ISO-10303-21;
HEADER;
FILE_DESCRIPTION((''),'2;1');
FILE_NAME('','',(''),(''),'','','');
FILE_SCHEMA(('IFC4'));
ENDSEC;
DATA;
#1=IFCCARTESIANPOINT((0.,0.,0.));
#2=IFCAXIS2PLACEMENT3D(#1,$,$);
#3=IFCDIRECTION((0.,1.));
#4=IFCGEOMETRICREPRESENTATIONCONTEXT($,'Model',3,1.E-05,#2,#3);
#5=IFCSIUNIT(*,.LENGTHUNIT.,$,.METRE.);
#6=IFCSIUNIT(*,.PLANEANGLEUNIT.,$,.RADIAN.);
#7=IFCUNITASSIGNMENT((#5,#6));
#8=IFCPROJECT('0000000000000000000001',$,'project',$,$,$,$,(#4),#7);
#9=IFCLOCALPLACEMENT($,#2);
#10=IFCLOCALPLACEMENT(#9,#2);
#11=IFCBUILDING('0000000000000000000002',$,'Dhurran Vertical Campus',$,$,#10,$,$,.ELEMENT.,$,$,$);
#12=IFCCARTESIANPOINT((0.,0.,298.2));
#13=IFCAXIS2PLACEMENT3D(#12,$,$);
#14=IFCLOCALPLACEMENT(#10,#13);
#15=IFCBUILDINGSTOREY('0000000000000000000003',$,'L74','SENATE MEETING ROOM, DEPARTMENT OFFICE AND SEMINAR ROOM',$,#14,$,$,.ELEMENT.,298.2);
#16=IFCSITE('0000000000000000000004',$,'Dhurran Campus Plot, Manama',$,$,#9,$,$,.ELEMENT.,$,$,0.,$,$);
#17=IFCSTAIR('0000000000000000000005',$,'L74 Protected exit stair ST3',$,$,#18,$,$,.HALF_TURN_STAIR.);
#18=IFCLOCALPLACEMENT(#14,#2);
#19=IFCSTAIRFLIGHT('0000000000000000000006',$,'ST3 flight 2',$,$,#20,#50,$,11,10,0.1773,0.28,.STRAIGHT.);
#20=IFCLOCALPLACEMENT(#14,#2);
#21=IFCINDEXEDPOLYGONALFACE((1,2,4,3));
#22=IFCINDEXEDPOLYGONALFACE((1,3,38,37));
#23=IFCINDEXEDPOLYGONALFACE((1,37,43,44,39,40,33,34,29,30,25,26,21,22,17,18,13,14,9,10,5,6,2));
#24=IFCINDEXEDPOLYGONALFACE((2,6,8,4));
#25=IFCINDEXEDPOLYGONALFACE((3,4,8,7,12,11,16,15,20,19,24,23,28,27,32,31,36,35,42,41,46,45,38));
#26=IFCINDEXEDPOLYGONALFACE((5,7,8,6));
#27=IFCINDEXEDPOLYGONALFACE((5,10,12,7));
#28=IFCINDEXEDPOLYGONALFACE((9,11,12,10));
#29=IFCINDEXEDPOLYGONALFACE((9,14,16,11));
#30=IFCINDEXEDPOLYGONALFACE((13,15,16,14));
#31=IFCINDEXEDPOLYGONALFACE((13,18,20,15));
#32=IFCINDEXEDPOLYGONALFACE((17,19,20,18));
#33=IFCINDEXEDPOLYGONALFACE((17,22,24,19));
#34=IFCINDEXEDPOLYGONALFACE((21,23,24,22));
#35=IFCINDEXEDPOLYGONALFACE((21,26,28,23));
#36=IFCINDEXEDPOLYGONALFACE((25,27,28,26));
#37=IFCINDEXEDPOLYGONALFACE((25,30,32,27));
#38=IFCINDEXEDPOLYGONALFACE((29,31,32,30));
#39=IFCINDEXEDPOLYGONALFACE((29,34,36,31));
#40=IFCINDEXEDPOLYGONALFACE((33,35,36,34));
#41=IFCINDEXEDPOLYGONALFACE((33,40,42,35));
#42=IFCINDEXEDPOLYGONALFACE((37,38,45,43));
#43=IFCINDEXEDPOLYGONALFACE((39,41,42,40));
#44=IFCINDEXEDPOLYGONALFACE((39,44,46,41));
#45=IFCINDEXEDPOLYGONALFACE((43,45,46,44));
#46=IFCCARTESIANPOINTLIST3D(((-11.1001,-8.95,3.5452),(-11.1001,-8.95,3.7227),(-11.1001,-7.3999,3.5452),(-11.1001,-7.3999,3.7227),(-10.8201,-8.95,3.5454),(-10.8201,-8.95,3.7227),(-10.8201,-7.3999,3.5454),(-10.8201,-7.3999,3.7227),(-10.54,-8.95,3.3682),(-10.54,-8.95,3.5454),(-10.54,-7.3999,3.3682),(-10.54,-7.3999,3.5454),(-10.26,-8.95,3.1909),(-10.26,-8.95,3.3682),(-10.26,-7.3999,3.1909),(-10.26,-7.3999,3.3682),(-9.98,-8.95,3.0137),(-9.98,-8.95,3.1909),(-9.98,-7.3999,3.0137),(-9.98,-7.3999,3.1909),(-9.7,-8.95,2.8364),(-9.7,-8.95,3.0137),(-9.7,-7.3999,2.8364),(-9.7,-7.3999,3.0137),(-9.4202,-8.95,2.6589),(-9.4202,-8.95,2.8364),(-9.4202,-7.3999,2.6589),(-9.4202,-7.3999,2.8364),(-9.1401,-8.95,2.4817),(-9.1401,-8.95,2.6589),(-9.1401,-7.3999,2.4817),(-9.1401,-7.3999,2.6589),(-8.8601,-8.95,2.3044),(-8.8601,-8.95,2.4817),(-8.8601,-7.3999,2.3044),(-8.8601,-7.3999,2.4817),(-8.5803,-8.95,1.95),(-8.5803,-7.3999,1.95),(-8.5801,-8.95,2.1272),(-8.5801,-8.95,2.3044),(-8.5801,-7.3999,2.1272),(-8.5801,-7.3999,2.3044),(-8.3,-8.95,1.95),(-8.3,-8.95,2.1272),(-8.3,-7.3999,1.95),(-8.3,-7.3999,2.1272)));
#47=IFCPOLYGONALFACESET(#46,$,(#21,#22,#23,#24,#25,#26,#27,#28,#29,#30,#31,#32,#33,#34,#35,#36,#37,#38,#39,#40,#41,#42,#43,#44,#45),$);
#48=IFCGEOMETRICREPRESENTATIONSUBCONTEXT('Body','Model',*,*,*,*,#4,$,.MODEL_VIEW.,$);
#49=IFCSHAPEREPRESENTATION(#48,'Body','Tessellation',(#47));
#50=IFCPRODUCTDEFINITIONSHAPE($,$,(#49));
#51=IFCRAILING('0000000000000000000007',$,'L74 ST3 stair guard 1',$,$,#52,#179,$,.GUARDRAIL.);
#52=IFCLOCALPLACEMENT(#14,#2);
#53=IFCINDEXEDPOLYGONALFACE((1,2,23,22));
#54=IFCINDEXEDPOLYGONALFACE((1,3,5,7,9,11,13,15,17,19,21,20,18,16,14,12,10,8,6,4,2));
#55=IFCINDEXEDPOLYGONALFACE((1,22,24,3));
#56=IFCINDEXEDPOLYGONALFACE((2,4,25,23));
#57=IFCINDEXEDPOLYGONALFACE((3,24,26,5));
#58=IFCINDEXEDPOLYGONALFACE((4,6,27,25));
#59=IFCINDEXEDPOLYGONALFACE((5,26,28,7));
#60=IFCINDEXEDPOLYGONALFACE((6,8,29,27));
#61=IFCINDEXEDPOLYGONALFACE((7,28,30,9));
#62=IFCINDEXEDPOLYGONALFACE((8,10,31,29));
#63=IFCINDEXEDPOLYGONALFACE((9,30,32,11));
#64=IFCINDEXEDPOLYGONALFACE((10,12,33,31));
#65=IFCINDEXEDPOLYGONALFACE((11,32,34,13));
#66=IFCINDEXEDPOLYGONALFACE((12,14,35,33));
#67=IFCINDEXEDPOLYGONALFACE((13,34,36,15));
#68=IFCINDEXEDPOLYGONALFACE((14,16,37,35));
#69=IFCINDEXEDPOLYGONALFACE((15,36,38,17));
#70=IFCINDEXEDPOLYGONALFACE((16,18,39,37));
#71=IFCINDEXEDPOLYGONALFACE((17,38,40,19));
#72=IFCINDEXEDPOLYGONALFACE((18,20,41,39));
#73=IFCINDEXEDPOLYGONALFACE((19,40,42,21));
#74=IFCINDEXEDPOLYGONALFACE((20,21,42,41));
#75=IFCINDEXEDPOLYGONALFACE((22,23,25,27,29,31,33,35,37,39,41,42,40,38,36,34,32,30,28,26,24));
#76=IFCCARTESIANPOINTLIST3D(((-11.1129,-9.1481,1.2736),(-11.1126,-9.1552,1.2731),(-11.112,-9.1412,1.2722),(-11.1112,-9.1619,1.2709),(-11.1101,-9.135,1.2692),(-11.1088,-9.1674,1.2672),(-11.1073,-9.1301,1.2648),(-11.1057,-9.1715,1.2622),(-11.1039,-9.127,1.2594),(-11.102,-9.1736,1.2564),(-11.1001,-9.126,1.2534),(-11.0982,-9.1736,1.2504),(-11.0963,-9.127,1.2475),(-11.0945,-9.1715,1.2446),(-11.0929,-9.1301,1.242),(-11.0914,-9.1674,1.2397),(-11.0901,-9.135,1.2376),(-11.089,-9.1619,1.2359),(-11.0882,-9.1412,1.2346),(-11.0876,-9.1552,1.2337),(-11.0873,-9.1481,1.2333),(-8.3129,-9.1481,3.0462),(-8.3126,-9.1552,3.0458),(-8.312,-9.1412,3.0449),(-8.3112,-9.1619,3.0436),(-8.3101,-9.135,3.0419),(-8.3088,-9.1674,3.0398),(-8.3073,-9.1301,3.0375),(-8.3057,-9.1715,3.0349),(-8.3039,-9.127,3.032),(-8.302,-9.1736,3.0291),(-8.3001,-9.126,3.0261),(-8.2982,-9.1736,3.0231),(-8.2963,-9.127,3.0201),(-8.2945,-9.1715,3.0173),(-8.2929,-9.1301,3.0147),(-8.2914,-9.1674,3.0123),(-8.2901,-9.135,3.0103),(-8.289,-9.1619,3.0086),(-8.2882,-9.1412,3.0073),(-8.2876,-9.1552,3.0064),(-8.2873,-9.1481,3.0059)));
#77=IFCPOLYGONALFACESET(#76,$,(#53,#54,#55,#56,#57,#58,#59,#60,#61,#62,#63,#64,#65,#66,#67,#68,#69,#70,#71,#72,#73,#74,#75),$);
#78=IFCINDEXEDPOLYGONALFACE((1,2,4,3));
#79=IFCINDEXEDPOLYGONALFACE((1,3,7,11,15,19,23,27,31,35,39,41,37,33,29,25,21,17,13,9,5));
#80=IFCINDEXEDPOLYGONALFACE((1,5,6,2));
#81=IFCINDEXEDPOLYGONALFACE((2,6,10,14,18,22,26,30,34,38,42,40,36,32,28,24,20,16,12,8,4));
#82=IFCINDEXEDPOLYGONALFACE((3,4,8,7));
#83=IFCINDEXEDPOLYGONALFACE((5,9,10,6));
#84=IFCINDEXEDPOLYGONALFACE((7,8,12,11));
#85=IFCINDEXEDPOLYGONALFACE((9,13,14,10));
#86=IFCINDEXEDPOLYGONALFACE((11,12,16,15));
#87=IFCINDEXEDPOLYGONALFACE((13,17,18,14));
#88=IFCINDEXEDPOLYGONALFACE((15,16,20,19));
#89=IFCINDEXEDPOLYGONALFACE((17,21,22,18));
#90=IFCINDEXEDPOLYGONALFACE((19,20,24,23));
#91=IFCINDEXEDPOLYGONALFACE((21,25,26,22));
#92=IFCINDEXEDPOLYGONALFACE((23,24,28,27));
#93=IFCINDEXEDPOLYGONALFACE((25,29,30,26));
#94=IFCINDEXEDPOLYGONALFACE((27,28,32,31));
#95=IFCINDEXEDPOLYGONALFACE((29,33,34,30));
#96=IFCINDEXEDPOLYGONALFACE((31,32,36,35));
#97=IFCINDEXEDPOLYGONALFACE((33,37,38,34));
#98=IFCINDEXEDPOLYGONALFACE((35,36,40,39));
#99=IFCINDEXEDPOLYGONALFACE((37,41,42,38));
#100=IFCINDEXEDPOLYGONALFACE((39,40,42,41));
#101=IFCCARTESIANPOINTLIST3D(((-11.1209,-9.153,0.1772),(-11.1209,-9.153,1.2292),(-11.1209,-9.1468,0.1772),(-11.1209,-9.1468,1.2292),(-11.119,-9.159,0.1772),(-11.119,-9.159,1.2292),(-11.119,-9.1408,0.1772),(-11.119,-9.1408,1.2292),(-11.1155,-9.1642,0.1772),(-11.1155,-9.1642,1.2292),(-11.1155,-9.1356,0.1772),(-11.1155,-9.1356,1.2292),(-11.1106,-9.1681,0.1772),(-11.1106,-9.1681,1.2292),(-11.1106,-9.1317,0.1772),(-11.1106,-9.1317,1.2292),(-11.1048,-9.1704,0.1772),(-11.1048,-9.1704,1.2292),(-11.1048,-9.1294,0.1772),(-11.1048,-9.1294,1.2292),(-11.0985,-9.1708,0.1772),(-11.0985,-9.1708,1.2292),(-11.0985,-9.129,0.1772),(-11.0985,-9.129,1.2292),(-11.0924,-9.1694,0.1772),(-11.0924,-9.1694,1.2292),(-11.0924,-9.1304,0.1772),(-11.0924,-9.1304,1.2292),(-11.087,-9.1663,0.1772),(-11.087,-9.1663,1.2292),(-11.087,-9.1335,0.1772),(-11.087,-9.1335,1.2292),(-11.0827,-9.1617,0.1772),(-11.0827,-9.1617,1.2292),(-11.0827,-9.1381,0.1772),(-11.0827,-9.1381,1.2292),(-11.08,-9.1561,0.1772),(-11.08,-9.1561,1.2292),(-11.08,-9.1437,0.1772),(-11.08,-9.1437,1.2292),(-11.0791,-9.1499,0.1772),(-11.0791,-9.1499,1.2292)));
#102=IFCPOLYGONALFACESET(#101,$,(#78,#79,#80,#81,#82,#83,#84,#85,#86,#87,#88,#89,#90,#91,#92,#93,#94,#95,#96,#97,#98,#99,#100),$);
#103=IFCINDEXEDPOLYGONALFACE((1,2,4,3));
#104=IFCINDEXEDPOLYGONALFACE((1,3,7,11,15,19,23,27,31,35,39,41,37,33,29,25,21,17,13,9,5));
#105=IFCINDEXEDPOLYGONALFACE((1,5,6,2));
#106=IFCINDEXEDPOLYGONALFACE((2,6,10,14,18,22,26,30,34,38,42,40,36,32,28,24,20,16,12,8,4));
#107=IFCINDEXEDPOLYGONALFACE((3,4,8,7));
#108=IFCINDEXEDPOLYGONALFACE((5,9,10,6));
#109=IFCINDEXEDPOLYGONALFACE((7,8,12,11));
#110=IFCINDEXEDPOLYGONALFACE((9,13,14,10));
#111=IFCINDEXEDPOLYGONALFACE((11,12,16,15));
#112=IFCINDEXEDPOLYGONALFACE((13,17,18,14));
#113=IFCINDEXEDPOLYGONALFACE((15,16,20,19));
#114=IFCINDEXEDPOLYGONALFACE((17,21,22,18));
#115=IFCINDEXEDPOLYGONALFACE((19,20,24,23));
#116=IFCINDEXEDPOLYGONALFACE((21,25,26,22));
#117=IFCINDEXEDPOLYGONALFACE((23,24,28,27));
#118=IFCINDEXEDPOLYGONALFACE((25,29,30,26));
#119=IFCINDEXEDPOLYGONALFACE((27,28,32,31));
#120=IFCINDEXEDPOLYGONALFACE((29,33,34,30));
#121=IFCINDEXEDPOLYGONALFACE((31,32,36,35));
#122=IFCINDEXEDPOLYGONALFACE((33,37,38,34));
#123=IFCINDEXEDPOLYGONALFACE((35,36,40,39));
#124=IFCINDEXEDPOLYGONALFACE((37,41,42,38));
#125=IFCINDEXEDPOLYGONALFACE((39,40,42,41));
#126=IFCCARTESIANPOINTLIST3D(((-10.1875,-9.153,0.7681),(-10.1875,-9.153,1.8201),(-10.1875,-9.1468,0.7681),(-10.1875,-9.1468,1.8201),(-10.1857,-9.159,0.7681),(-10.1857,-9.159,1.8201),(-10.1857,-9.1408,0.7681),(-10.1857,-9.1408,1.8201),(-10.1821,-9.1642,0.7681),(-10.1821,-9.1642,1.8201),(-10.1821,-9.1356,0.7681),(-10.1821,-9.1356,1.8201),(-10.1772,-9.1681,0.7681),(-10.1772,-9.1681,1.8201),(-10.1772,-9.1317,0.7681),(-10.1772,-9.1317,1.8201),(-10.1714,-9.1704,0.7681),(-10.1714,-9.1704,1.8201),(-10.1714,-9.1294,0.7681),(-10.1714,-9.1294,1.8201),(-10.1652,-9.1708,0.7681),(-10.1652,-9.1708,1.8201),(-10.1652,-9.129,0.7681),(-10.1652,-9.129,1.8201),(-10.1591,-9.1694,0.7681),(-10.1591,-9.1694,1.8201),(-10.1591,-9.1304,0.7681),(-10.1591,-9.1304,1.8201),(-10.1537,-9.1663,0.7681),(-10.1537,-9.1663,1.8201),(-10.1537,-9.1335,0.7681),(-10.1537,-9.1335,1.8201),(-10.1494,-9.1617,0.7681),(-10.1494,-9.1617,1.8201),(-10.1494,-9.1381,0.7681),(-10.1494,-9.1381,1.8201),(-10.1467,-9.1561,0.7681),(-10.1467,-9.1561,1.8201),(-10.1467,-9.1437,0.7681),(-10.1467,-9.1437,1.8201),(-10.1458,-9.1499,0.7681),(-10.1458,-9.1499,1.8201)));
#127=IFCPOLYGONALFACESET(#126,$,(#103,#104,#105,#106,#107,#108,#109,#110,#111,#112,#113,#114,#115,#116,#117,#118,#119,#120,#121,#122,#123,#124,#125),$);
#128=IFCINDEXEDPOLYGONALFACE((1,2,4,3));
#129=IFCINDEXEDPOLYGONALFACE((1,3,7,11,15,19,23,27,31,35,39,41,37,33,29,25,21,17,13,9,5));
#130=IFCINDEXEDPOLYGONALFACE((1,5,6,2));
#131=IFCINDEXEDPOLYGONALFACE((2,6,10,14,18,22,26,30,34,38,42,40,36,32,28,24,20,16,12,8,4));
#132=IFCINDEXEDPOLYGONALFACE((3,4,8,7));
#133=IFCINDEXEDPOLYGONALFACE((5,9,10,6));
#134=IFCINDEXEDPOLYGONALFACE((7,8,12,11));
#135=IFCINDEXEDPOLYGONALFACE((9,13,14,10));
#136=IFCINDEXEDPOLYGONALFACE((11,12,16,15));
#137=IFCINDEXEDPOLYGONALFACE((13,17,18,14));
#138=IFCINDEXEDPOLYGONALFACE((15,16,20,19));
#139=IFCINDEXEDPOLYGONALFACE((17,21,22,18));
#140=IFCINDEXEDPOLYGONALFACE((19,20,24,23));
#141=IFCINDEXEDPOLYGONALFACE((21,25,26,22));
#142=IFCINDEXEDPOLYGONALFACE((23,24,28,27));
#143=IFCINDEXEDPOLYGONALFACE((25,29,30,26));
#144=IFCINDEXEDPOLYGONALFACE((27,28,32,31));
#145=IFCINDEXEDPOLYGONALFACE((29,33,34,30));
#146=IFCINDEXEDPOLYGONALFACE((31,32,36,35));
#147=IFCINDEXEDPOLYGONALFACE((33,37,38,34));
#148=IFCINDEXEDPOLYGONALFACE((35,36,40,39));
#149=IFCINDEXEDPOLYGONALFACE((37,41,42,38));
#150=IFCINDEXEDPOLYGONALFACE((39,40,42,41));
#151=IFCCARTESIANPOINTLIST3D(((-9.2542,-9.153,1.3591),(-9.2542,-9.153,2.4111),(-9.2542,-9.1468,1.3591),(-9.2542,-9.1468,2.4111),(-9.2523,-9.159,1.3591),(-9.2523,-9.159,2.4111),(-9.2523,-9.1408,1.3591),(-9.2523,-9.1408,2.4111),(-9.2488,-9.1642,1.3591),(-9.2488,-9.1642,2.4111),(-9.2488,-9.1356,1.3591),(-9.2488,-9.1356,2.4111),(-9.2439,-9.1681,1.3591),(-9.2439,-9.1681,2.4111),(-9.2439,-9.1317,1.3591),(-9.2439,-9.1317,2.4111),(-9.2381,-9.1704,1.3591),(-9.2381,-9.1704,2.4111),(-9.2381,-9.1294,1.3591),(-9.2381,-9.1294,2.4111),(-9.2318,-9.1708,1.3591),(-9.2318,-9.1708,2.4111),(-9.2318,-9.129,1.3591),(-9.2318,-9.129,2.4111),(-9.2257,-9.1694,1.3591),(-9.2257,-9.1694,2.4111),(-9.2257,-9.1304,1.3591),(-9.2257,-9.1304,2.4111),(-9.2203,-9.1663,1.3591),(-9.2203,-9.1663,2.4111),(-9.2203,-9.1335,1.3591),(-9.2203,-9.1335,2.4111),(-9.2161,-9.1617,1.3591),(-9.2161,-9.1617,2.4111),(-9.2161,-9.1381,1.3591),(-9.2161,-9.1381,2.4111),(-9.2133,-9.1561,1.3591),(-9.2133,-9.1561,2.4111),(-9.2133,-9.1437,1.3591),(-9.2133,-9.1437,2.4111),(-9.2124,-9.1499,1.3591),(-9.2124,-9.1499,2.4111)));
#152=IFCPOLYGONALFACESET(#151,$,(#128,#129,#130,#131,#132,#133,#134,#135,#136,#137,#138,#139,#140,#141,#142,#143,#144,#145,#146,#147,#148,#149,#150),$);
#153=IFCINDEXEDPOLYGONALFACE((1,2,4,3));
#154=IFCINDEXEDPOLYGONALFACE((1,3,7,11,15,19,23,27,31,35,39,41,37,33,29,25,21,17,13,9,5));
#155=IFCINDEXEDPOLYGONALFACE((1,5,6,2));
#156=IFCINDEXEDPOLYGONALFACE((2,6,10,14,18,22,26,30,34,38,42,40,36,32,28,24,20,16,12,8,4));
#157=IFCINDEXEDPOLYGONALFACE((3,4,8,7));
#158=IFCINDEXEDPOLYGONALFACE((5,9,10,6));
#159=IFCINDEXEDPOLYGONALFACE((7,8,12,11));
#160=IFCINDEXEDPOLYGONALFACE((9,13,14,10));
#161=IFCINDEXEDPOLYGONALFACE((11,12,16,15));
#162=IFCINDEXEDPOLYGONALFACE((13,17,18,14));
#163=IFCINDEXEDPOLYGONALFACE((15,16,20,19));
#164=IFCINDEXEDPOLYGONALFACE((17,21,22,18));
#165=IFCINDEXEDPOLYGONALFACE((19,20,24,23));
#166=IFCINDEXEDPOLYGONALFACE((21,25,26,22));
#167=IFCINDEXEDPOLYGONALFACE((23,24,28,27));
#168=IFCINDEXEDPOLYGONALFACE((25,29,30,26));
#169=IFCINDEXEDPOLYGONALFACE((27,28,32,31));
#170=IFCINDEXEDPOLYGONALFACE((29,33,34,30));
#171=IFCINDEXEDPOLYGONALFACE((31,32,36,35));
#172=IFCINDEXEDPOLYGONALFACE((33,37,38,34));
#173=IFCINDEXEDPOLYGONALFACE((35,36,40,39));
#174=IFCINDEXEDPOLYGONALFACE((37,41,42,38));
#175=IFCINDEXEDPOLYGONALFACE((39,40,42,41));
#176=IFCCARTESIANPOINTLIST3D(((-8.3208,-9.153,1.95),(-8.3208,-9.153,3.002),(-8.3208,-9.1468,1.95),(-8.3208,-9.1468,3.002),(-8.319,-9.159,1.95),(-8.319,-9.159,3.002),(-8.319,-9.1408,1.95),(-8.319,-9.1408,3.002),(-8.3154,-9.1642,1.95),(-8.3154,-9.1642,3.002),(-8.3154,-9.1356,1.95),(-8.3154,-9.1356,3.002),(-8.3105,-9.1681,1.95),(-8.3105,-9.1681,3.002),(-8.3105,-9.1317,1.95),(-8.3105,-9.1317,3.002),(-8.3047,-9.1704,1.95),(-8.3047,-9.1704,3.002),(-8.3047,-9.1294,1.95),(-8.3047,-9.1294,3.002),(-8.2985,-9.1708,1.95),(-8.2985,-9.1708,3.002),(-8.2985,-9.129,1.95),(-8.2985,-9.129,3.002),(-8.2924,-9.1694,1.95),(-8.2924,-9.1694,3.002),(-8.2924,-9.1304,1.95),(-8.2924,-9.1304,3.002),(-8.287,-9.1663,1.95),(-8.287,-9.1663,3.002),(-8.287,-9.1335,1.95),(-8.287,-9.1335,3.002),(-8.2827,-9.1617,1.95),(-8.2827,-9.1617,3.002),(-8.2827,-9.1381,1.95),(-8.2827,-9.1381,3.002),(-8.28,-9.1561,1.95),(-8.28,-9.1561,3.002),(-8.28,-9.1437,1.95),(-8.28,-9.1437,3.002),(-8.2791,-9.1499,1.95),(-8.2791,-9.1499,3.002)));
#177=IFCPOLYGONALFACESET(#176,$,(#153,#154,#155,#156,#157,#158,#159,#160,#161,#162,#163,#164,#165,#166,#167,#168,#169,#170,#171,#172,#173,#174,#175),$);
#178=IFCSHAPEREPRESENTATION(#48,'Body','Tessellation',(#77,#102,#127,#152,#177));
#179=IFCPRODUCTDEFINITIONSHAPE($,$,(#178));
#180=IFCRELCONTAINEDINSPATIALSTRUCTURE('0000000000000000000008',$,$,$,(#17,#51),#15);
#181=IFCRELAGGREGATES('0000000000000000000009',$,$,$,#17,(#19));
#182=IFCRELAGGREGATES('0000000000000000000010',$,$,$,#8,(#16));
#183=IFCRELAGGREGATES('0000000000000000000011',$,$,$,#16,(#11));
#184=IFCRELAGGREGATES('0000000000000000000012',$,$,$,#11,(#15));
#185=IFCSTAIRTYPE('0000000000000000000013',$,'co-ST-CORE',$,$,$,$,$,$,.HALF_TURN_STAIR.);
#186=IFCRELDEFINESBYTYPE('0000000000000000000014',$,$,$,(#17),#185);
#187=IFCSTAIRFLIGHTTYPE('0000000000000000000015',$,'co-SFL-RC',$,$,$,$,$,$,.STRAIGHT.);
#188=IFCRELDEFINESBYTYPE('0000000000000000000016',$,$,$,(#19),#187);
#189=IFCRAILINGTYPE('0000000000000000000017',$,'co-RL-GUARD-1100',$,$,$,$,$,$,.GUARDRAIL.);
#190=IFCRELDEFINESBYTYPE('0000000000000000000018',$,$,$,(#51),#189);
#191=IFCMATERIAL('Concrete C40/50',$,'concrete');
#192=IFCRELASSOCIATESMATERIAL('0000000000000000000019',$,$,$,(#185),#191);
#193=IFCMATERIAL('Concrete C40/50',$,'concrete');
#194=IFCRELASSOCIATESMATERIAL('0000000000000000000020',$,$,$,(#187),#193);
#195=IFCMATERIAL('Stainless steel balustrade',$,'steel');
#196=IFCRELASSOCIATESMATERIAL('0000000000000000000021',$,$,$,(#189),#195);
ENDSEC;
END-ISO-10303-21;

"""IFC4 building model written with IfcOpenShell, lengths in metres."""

from ifc_helpers import new_model, si_unit, direction, frame, origin, origin_2d, place, context, subcontext, project, spatial, polyline, circle, outline, extrude, material, type_object, element, aggregate, save


model = new_model("IFC4")

# Units and contexts
model_context = context("Model", 3, precision=1e-05, world=origin(), true_north=direction((0.0, 1.0)))
body_context = subcontext(model_context, "Body", "Model", "MODEL_VIEW")
ifc_project = project(units=[si_unit("LENGTHUNIT", "METRE"), si_unit("PLANEANGLEUNIT", "RADIAN")], contexts=[model_context])

# Site, building, storey
site_placement = place(None, origin())
site = spatial("IfcSite", under=ifc_project, at=site_placement, Name="Dhurran Campus Plot, Manama", CompositionType="ELEMENT", RefElevation=0.0)
building_placement = place(site_placement, origin())
building = spatial("IfcBuilding", under=site, at=building_placement, Name="Dhurran Vertical Campus", CompositionType="ELEMENT")
storey_placement = place(building_placement, frame((0.0, 0.0, 298.2)))
storey = spatial("IfcBuildingStorey", under=building, at=storey_placement, Name="L74", Description="SENATE MEETING ROOM, DEPARTMENT OFFICE AND SEMINAR ROOM", CompositionType="ELEMENT", Elevation=298.2)

# Stair, stair flight
ifc_material_1 = material(Name="Concrete C40/50", Category="concrete")
stair_type = type_object("IfcStairType", Name="co-ST-CORE", PredefinedType="HALF_TURN_STAIR", material=ifc_material_1)
stair_placement = place(storey_placement, origin())
stair = element("IfcStair", 1, at=stair_placement, inside=storey, type_object=stair_type, Name="L74 Protected exit stair ST3", PredefinedType="HALF_TURN_STAIR")
ifc_material_2 = material(Name="Concrete C40/50", Category="concrete")
stair_flight_type = type_object("IfcStairFlightType", Name="co-SFL-RC", PredefinedType="STRAIGHT", material=ifc_material_2)
stair_flight_1_placement = place(storey_placement, frame((-8.3, -8.175, 1.95), z_axis=(0.0, 0.0, 1.0), x_axis=(-1.0, 0.0, 0.0)))
stair_flight_1 = element("IfcStairFlight", 2, at=stair_flight_1_placement, type_object=stair_flight_type, Name="ST3 flight 2", NumberOfRisers=11, NumberOfTreads=10, PredefinedType="STRAIGHT", RiserHeight=0.1773, TreadLength=0.28, context=body_context, shape_type="SweptSolid", body=[
    extrude(outline(polyline([(0.0, 0.0), (0.0, 0.1772), (0.28, 0.1772), (0.28, 0.3545), (0.5601, 0.3545), (0.5601, 0.5317), (0.8401, 0.5317), (0.8401, 0.709), (1.1201, 0.709), (1.1201, 0.8865), (1.3999, 0.8865), (1.3999, 1.0637), (1.6799, 1.0637), (1.6799, 1.241), (1.96, 1.241), (1.96, 1.4182), (2.24, 1.4182), (2.24, 1.5955), (2.52, 1.5955), (2.52, 1.7727), (2.8, 1.7727), (2.8, 1.95), (2.8, 1.5952), (0.2803, 0.0), (0.0, 0.0)])), frame((0.0, 0.7749, 0.0), z_axis=(0.0, -1.0, 0.0), x_axis=(1.0, 0.0, 0.0)), (0.0, 0.0, 1.0), 1.55),
])
aggregate(stair, [stair_flight_1])

# Railing
ifc_material_3 = material(Name="Stainless steel balustrade", Category="steel")
railing_type_1 = type_object("IfcRailingType", Name="co-RL-GUARD-1100", PredefinedType="GUARDRAIL", material=ifc_material_3)
railing_1_placement = place(storey_placement, frame((-11.1001, -9.1499, 0.1772)))
element("IfcRailing", 3, at=railing_1_placement, inside=storey, type_object=railing_type_1, Name="L74 ST3 stair guard 1", PredefinedType="GUARDRAIL", context=body_context, shape_type="SweptSolid", body=[
    extrude(circle(Radius=0.0239, at=origin_2d()), frame((0.0, 0.0, 1.0762), z_axis=(0.844909, 0.0, 0.53491), x_axis=(0.0, 1.0, 0.0)), (0.0, 0.0, 1.0), 3.314),
    extrude(circle(Radius=0.021, at=origin_2d()), origin(), (0.0, 0.0, 1.0), 1.052),
    extrude(circle(Radius=0.021, at=origin_2d()), frame((0.9333, 0.0, 0.5908)), (0.0, 0.0, 1.0), 1.052),
    extrude(circle(Radius=0.021, at=origin_2d()), frame((1.8667, 0.0, 1.1819)), (0.0, 0.0, 1.0), 1.052),
    extrude(circle(Radius=0.021, at=origin_2d()), frame((2.8, 0.0, 1.7727)), (0.0, 0.0, 1.0), 1.052),
])

save(model, "model.ifc")
